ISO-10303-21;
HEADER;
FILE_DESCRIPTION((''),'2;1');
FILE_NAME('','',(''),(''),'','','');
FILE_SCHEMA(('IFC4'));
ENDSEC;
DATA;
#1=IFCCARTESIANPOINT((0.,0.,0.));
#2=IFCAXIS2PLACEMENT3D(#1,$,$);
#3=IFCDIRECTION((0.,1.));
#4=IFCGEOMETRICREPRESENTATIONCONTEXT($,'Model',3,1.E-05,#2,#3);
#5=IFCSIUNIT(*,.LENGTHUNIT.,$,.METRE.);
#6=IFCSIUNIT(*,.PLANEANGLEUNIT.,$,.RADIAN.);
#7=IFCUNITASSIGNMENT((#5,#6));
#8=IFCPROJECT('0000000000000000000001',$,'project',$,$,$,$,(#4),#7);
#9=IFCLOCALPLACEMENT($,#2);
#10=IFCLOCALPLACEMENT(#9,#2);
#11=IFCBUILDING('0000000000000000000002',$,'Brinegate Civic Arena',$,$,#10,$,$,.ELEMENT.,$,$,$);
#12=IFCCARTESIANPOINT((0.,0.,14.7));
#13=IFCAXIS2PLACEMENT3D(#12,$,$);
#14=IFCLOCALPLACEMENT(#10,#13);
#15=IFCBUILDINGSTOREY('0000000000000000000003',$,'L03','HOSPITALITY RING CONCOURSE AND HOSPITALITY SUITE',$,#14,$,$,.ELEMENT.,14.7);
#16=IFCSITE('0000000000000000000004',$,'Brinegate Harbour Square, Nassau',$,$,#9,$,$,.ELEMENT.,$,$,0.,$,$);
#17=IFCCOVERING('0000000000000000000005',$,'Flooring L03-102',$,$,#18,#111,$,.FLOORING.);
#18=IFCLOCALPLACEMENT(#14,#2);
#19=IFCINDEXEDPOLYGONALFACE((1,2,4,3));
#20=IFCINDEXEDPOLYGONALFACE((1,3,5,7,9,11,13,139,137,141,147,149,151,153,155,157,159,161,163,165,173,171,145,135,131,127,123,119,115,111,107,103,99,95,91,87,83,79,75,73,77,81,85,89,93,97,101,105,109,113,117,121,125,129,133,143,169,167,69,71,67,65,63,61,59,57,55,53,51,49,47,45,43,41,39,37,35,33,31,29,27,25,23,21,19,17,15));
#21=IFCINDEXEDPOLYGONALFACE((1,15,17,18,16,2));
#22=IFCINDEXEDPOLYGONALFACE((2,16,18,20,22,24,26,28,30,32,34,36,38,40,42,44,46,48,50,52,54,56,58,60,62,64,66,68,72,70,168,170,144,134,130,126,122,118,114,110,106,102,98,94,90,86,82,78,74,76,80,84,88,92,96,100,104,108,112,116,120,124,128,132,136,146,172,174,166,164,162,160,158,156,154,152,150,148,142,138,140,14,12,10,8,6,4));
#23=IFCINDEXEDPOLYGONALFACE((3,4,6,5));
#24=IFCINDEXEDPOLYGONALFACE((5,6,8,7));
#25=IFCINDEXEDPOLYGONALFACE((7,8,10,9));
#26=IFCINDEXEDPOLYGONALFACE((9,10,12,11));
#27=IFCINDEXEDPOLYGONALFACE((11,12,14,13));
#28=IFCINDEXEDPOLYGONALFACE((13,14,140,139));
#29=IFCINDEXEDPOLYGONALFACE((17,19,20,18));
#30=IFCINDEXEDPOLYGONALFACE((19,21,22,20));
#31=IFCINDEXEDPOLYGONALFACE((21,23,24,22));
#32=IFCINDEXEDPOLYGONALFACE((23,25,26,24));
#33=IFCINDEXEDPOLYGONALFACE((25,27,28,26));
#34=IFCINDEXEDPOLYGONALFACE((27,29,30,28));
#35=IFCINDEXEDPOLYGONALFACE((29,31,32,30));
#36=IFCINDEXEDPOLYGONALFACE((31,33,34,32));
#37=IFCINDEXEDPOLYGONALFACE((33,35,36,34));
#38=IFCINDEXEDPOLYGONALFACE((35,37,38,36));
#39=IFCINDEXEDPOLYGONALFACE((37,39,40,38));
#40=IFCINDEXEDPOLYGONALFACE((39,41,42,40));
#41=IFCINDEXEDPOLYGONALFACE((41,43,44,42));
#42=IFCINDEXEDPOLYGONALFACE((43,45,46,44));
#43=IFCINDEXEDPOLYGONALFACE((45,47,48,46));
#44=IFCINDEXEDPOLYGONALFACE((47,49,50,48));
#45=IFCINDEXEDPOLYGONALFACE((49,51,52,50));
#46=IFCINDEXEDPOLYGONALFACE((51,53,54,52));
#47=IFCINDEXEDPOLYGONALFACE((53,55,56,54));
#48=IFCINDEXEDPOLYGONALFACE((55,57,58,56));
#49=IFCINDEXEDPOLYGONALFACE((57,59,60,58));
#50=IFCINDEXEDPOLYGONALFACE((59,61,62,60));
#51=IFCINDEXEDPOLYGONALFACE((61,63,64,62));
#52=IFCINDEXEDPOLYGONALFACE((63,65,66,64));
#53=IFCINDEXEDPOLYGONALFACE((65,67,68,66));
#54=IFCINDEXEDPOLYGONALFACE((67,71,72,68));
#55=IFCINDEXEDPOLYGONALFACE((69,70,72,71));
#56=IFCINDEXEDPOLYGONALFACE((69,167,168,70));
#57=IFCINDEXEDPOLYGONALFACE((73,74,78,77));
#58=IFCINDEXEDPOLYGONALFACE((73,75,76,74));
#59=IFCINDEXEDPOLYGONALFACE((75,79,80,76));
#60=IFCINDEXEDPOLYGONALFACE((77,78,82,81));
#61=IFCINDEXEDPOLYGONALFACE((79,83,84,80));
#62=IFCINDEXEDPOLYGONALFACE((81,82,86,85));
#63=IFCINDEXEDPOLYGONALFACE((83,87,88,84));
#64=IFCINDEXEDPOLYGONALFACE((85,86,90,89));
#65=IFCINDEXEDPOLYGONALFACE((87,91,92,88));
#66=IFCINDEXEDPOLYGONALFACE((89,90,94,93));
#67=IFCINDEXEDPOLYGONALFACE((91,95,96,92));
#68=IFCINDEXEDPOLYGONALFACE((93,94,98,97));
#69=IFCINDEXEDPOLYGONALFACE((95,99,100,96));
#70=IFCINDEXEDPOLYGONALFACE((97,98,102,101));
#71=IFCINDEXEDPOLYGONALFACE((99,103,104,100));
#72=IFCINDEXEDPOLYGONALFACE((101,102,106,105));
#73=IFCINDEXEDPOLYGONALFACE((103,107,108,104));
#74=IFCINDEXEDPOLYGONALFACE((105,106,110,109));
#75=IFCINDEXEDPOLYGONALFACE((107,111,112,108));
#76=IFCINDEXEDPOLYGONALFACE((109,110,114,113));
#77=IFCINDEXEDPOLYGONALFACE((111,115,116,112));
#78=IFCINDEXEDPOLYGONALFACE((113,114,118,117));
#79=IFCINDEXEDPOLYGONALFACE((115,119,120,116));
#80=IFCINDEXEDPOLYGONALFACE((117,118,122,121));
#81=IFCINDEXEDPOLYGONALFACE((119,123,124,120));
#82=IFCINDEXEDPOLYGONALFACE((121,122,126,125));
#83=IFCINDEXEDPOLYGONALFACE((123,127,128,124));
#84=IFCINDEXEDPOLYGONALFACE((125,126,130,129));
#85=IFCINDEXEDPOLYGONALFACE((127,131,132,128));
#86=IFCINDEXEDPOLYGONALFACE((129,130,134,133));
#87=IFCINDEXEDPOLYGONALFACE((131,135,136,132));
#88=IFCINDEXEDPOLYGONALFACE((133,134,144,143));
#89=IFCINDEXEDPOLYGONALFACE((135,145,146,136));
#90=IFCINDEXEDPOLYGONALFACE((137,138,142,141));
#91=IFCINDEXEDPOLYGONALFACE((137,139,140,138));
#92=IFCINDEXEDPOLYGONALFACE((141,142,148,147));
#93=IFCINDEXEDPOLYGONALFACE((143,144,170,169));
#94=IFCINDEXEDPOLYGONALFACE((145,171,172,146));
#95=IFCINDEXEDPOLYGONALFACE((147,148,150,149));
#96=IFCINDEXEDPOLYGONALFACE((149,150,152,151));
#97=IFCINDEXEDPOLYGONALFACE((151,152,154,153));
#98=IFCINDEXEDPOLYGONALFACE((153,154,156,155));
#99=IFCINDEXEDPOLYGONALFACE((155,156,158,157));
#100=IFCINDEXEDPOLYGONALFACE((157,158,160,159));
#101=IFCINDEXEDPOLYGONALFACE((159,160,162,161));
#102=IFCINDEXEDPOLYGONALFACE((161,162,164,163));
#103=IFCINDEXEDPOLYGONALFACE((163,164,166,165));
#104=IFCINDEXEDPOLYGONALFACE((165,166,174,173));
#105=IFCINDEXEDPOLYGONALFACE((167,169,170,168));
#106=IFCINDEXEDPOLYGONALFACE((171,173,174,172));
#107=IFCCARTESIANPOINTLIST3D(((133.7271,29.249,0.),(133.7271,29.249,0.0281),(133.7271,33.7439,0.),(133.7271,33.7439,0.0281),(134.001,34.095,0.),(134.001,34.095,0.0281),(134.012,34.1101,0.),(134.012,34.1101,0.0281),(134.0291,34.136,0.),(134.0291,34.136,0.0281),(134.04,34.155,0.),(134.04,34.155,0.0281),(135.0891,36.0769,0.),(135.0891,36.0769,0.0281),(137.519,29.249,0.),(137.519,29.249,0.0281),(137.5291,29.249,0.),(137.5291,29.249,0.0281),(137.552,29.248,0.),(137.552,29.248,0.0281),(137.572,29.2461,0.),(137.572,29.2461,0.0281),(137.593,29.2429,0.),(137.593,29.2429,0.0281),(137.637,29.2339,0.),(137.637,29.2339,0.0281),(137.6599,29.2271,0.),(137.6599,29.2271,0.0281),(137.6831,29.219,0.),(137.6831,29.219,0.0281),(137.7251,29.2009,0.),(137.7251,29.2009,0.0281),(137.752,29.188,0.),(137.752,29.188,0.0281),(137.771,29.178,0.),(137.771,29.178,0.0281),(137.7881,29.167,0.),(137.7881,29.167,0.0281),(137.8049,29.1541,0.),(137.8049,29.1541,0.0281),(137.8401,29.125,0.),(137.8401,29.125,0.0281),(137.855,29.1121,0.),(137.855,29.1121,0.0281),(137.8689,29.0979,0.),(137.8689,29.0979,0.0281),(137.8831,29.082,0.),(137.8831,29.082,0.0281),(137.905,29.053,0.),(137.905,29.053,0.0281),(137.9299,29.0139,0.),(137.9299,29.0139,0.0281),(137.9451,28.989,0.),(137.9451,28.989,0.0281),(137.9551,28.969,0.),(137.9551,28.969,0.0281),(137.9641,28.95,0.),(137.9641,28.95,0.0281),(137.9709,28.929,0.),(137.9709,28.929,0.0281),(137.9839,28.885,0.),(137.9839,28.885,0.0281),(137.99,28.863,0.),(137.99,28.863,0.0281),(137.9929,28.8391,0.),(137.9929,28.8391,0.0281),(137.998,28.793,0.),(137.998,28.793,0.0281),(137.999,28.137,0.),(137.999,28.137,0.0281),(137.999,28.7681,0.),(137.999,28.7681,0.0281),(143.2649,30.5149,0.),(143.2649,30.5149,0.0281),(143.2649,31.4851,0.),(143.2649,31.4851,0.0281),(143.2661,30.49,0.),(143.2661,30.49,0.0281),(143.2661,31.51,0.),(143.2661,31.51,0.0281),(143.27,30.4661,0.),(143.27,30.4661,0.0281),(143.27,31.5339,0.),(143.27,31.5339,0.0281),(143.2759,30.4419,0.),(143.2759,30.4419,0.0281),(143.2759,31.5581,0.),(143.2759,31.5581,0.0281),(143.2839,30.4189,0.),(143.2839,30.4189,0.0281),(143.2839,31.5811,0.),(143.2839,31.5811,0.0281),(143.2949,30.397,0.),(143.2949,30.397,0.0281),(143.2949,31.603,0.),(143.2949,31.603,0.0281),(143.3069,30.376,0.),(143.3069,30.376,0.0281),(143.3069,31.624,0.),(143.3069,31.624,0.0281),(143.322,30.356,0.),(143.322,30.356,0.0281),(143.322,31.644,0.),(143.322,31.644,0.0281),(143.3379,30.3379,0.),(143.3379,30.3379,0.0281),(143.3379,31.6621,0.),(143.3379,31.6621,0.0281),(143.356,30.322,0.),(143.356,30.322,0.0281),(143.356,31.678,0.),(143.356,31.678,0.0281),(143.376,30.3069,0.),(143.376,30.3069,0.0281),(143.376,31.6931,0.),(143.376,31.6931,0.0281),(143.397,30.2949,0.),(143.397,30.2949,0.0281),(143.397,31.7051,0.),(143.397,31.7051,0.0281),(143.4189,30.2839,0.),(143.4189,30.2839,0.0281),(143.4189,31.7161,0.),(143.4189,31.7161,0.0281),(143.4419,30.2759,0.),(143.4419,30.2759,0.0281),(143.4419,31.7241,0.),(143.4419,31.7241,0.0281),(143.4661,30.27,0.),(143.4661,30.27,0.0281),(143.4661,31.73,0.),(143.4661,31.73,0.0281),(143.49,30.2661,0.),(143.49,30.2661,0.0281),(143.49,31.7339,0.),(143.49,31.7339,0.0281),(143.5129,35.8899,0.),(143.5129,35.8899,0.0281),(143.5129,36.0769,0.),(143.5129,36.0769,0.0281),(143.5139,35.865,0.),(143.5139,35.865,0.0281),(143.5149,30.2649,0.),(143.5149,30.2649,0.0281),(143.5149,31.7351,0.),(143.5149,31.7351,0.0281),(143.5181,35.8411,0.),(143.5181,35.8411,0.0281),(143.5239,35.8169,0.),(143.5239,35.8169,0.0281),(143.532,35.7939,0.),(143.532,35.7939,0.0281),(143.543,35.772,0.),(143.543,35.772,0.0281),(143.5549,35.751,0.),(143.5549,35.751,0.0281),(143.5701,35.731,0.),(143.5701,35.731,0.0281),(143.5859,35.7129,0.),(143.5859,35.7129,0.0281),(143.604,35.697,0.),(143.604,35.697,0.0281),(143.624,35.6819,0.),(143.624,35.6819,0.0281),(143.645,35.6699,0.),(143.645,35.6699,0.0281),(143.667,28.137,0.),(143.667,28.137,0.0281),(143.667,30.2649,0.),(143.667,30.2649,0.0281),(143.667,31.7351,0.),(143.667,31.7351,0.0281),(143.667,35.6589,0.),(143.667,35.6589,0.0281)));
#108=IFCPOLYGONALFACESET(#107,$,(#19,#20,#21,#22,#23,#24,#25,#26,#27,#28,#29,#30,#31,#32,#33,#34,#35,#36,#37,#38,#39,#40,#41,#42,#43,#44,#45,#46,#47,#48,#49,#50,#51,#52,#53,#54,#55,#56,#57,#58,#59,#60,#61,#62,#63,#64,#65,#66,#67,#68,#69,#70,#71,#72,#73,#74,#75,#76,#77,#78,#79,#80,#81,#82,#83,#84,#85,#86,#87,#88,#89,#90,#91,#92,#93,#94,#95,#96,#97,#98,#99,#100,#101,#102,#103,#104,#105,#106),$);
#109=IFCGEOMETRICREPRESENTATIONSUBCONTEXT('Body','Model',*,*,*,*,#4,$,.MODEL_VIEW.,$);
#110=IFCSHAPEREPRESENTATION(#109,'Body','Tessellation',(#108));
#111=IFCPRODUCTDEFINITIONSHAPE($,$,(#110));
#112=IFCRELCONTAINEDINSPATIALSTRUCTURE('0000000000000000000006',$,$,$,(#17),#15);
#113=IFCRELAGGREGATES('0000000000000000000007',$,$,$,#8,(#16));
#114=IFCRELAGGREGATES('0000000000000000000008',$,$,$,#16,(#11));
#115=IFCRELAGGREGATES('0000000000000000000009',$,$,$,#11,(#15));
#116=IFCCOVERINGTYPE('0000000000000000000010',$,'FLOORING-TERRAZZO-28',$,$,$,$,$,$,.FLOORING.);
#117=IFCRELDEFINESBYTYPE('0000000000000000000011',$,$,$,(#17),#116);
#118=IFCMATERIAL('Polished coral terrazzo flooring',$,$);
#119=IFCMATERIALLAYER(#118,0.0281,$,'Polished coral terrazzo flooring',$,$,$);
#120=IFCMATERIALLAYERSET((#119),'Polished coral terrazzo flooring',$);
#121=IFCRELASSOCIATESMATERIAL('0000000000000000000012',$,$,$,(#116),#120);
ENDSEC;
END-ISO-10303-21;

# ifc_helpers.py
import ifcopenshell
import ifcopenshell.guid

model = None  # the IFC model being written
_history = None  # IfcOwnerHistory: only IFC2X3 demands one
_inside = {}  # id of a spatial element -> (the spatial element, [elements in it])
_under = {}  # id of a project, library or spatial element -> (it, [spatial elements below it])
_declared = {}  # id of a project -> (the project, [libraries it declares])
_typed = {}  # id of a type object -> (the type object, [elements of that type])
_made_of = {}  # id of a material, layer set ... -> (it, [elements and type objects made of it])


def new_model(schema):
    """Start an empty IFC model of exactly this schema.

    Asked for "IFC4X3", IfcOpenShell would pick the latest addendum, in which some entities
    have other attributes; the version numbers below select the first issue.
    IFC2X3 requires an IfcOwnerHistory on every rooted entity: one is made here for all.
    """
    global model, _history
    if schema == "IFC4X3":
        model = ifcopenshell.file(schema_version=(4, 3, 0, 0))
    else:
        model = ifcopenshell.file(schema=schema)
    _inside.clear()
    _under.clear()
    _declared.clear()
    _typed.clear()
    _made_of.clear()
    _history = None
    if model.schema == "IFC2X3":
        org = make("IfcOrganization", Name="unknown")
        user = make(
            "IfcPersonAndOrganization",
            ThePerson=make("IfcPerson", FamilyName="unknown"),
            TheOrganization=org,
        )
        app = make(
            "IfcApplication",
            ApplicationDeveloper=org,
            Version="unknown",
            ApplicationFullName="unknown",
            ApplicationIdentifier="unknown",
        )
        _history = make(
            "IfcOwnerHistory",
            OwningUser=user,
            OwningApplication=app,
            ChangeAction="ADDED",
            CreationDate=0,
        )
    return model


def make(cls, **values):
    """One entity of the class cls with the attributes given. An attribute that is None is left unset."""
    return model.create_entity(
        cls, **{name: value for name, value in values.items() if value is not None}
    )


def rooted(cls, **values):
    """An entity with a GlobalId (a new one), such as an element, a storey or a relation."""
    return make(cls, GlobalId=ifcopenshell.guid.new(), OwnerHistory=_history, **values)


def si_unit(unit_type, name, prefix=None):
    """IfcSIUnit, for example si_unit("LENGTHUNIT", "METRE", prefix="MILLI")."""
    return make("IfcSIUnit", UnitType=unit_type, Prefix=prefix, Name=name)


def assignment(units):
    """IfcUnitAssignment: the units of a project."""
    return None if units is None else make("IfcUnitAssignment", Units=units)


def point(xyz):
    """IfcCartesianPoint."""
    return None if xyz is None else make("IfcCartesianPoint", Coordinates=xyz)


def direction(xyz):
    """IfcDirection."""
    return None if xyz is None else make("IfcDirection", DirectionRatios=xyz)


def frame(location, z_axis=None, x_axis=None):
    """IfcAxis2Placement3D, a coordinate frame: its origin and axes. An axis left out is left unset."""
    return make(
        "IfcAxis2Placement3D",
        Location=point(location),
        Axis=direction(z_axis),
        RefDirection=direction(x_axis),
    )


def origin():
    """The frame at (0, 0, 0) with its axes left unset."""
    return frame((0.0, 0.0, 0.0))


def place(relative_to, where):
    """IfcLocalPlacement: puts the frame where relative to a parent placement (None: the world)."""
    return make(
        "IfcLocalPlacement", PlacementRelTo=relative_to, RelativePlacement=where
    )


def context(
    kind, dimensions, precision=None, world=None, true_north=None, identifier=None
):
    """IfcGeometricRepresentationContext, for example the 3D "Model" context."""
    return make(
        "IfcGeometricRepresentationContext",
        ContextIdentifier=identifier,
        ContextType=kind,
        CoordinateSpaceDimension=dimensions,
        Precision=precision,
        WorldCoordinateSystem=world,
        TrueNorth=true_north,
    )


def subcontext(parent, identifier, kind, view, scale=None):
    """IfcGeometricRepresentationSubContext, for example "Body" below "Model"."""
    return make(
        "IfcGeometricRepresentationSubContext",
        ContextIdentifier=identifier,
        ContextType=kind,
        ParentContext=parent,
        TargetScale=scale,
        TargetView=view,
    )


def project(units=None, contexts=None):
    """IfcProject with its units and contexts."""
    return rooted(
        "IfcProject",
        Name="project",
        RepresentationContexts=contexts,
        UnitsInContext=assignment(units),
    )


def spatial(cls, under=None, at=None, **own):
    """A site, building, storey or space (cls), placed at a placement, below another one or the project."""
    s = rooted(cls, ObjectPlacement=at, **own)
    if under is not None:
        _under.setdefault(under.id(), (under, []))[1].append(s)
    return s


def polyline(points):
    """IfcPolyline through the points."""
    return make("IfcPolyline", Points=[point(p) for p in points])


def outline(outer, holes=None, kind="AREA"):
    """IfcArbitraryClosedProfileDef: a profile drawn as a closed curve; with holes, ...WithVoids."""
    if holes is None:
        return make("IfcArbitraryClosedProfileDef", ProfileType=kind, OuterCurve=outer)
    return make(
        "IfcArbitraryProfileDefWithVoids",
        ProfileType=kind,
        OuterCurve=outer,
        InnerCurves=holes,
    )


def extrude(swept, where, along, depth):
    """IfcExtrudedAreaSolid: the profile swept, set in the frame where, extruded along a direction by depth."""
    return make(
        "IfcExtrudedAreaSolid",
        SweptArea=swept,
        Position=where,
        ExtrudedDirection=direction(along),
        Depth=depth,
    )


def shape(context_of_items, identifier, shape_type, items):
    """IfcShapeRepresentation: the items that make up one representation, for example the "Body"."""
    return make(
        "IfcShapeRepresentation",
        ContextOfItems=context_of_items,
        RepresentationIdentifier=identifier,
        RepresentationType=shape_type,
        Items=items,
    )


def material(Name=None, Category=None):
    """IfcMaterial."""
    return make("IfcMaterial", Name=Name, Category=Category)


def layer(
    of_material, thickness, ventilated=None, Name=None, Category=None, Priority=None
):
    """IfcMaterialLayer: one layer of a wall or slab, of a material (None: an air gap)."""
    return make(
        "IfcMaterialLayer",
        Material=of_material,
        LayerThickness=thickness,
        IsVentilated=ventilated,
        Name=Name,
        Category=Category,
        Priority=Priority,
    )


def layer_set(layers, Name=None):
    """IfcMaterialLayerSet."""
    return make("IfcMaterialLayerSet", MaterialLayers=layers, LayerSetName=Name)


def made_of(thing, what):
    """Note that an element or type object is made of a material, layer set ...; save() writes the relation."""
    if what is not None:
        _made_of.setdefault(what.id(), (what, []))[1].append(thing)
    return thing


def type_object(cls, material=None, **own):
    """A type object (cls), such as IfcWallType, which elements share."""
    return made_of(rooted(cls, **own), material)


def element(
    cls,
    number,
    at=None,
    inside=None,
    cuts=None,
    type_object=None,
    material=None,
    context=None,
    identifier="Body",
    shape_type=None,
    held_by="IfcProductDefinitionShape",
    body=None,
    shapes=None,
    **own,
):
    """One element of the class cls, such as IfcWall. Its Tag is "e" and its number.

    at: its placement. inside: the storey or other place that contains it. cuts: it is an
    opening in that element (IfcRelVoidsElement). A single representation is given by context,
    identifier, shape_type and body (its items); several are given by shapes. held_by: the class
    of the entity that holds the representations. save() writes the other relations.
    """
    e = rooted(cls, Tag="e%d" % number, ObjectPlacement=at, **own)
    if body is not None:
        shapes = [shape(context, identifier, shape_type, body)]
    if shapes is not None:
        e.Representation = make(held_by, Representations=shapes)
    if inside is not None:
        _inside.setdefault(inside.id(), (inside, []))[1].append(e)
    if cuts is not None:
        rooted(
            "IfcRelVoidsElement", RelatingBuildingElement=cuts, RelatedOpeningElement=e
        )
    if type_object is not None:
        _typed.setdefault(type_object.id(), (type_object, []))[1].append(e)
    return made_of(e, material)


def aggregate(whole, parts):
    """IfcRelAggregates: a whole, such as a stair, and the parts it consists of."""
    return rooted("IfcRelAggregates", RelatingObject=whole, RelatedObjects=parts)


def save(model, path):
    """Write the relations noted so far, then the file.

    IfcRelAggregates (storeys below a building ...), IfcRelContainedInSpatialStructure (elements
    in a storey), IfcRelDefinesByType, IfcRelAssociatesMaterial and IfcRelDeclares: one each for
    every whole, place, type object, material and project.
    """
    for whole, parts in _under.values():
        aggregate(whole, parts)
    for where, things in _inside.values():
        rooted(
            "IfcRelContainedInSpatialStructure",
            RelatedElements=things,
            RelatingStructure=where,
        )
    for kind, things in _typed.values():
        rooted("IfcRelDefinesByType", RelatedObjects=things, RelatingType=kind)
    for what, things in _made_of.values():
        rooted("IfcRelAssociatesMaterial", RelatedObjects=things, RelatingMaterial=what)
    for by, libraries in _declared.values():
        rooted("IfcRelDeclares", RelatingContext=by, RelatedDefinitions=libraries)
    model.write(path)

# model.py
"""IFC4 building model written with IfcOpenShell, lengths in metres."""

from ifc_helpers import new_model, si_unit, direction, frame, origin, place, context, subcontext, project, spatial, polyline, outline, extrude, material, layer, layer_set, type_object, element, save


model = new_model("IFC4")

# Units and contexts
model_context = context("Model", 3, precision=1e-05, world=origin(), true_north=direction((0.0, 1.0)))
body_context = subcontext(model_context, "Body", "Model", "MODEL_VIEW")
ifc_project = project(units=[si_unit("LENGTHUNIT", "METRE"), si_unit("PLANEANGLEUNIT", "RADIAN")], contexts=[model_context])

# Site, building, storey
site_placement = place(None, origin())
site = spatial("IfcSite", under=ifc_project, at=site_placement, Name="Brinegate Harbour Square, Nassau", CompositionType="ELEMENT", RefElevation=0.0)
building_placement = place(site_placement, origin())
building = spatial("IfcBuilding", under=site, at=building_placement, Name="Brinegate Civic Arena", CompositionType="ELEMENT")
storey_placement = place(building_placement, frame((0.0, 0.0, 14.7)))
storey = spatial("IfcBuildingStorey", under=building, at=storey_placement, Name="L03", Description="HOSPITALITY RING CONCOURSE AND HOSPITALITY SUITE", CompositionType="ELEMENT", Elevation=14.7)

# Covering
ifc_material_1 = material(Name="Polished coral terrazzo flooring")
ifc_layer_1 = layer(ifc_material_1, 0.0281, Name="Polished coral terrazzo flooring")
ifc_layer_set_1 = layer_set([ifc_layer_1], Name="Polished coral terrazzo flooring")
covering_type_1 = type_object("IfcCoveringType", Name="FLOORING-TERRAZZO-28", PredefinedType="FLOORING", material=ifc_layer_set_1)
covering_1_placement = place(storey_placement, origin())
element("IfcCovering", 1, at=covering_1_placement, inside=storey, type_object=covering_type_1, Name="Flooring L03-102", PredefinedType="FLOORING", context=body_context, shape_type="SweptSolid", body=[
    extrude(outline(polyline([(133.7271, 29.249), (133.7271, 33.7439), (134.001, 34.095), (134.012, 34.1101), (134.0291, 34.136), (134.04, 34.155), (135.0891, 36.0769), (143.5129, 36.0769), (143.5129, 35.8899), (143.5139, 35.865), (143.5181, 35.8411), (143.5239, 35.8169), (143.532, 35.7939), (143.543, 35.772), (143.5549, 35.751), (143.5701, 35.731), (143.5859, 35.7129), (143.604, 35.697), (143.624, 35.6819), (143.645, 35.6699), (143.667, 35.6589), (143.667, 31.7351), (143.5149, 31.7351), (143.49, 31.7339), (143.4661, 31.73), (143.4419, 31.7241), (143.4189, 31.7161), (143.397, 31.7051), (143.376, 31.6931), (143.356, 31.678), (143.3379, 31.6621), (143.322, 31.644), (143.3069, 31.624), (143.2949, 31.603), (143.2839, 31.5811), (143.2759, 31.5581), (143.27, 31.5339), (143.2661, 31.51), (143.2649, 31.4851), (143.2649, 30.5149), (143.2661, 30.49), (143.27, 30.4661), (143.2759, 30.4419), (143.2839, 30.4189), (143.2949, 30.397), (143.3069, 30.376), (143.322, 30.356), (143.3379, 30.3379), (143.356, 30.322), (143.376, 30.3069), (143.397, 30.2949), (143.4189, 30.2839), (143.4419, 30.2759), (143.4661, 30.27), (143.49, 30.2661), (143.5149, 30.2649), (143.667, 30.2649), (143.667, 28.137), (137.999, 28.137), (137.999, 28.7681), (137.998, 28.793), (137.9929, 28.8391), (137.99, 28.863), (137.9839, 28.885), (137.9709, 28.929), (137.9641, 28.95), (137.9551, 28.969), (137.9451, 28.989), (137.9299, 29.0139), (137.905, 29.053), (137.8831, 29.082), (137.8689, 29.0979), (137.855, 29.1121), (137.8401, 29.125), (137.8049, 29.1541), (137.7881, 29.167), (137.771, 29.178), (137.752, 29.188), (137.7251, 29.2009), (137.6831, 29.219), (137.6599, 29.2271), (137.637, 29.2339), (137.593, 29.2429), (137.572, 29.2461), (137.552, 29.248), (137.5291, 29.249), (137.519, 29.249), (133.7271, 29.249)])), origin(), (0.0, 0.0, 1.0), 0.0281),
])

save(model, "model.ifc")
